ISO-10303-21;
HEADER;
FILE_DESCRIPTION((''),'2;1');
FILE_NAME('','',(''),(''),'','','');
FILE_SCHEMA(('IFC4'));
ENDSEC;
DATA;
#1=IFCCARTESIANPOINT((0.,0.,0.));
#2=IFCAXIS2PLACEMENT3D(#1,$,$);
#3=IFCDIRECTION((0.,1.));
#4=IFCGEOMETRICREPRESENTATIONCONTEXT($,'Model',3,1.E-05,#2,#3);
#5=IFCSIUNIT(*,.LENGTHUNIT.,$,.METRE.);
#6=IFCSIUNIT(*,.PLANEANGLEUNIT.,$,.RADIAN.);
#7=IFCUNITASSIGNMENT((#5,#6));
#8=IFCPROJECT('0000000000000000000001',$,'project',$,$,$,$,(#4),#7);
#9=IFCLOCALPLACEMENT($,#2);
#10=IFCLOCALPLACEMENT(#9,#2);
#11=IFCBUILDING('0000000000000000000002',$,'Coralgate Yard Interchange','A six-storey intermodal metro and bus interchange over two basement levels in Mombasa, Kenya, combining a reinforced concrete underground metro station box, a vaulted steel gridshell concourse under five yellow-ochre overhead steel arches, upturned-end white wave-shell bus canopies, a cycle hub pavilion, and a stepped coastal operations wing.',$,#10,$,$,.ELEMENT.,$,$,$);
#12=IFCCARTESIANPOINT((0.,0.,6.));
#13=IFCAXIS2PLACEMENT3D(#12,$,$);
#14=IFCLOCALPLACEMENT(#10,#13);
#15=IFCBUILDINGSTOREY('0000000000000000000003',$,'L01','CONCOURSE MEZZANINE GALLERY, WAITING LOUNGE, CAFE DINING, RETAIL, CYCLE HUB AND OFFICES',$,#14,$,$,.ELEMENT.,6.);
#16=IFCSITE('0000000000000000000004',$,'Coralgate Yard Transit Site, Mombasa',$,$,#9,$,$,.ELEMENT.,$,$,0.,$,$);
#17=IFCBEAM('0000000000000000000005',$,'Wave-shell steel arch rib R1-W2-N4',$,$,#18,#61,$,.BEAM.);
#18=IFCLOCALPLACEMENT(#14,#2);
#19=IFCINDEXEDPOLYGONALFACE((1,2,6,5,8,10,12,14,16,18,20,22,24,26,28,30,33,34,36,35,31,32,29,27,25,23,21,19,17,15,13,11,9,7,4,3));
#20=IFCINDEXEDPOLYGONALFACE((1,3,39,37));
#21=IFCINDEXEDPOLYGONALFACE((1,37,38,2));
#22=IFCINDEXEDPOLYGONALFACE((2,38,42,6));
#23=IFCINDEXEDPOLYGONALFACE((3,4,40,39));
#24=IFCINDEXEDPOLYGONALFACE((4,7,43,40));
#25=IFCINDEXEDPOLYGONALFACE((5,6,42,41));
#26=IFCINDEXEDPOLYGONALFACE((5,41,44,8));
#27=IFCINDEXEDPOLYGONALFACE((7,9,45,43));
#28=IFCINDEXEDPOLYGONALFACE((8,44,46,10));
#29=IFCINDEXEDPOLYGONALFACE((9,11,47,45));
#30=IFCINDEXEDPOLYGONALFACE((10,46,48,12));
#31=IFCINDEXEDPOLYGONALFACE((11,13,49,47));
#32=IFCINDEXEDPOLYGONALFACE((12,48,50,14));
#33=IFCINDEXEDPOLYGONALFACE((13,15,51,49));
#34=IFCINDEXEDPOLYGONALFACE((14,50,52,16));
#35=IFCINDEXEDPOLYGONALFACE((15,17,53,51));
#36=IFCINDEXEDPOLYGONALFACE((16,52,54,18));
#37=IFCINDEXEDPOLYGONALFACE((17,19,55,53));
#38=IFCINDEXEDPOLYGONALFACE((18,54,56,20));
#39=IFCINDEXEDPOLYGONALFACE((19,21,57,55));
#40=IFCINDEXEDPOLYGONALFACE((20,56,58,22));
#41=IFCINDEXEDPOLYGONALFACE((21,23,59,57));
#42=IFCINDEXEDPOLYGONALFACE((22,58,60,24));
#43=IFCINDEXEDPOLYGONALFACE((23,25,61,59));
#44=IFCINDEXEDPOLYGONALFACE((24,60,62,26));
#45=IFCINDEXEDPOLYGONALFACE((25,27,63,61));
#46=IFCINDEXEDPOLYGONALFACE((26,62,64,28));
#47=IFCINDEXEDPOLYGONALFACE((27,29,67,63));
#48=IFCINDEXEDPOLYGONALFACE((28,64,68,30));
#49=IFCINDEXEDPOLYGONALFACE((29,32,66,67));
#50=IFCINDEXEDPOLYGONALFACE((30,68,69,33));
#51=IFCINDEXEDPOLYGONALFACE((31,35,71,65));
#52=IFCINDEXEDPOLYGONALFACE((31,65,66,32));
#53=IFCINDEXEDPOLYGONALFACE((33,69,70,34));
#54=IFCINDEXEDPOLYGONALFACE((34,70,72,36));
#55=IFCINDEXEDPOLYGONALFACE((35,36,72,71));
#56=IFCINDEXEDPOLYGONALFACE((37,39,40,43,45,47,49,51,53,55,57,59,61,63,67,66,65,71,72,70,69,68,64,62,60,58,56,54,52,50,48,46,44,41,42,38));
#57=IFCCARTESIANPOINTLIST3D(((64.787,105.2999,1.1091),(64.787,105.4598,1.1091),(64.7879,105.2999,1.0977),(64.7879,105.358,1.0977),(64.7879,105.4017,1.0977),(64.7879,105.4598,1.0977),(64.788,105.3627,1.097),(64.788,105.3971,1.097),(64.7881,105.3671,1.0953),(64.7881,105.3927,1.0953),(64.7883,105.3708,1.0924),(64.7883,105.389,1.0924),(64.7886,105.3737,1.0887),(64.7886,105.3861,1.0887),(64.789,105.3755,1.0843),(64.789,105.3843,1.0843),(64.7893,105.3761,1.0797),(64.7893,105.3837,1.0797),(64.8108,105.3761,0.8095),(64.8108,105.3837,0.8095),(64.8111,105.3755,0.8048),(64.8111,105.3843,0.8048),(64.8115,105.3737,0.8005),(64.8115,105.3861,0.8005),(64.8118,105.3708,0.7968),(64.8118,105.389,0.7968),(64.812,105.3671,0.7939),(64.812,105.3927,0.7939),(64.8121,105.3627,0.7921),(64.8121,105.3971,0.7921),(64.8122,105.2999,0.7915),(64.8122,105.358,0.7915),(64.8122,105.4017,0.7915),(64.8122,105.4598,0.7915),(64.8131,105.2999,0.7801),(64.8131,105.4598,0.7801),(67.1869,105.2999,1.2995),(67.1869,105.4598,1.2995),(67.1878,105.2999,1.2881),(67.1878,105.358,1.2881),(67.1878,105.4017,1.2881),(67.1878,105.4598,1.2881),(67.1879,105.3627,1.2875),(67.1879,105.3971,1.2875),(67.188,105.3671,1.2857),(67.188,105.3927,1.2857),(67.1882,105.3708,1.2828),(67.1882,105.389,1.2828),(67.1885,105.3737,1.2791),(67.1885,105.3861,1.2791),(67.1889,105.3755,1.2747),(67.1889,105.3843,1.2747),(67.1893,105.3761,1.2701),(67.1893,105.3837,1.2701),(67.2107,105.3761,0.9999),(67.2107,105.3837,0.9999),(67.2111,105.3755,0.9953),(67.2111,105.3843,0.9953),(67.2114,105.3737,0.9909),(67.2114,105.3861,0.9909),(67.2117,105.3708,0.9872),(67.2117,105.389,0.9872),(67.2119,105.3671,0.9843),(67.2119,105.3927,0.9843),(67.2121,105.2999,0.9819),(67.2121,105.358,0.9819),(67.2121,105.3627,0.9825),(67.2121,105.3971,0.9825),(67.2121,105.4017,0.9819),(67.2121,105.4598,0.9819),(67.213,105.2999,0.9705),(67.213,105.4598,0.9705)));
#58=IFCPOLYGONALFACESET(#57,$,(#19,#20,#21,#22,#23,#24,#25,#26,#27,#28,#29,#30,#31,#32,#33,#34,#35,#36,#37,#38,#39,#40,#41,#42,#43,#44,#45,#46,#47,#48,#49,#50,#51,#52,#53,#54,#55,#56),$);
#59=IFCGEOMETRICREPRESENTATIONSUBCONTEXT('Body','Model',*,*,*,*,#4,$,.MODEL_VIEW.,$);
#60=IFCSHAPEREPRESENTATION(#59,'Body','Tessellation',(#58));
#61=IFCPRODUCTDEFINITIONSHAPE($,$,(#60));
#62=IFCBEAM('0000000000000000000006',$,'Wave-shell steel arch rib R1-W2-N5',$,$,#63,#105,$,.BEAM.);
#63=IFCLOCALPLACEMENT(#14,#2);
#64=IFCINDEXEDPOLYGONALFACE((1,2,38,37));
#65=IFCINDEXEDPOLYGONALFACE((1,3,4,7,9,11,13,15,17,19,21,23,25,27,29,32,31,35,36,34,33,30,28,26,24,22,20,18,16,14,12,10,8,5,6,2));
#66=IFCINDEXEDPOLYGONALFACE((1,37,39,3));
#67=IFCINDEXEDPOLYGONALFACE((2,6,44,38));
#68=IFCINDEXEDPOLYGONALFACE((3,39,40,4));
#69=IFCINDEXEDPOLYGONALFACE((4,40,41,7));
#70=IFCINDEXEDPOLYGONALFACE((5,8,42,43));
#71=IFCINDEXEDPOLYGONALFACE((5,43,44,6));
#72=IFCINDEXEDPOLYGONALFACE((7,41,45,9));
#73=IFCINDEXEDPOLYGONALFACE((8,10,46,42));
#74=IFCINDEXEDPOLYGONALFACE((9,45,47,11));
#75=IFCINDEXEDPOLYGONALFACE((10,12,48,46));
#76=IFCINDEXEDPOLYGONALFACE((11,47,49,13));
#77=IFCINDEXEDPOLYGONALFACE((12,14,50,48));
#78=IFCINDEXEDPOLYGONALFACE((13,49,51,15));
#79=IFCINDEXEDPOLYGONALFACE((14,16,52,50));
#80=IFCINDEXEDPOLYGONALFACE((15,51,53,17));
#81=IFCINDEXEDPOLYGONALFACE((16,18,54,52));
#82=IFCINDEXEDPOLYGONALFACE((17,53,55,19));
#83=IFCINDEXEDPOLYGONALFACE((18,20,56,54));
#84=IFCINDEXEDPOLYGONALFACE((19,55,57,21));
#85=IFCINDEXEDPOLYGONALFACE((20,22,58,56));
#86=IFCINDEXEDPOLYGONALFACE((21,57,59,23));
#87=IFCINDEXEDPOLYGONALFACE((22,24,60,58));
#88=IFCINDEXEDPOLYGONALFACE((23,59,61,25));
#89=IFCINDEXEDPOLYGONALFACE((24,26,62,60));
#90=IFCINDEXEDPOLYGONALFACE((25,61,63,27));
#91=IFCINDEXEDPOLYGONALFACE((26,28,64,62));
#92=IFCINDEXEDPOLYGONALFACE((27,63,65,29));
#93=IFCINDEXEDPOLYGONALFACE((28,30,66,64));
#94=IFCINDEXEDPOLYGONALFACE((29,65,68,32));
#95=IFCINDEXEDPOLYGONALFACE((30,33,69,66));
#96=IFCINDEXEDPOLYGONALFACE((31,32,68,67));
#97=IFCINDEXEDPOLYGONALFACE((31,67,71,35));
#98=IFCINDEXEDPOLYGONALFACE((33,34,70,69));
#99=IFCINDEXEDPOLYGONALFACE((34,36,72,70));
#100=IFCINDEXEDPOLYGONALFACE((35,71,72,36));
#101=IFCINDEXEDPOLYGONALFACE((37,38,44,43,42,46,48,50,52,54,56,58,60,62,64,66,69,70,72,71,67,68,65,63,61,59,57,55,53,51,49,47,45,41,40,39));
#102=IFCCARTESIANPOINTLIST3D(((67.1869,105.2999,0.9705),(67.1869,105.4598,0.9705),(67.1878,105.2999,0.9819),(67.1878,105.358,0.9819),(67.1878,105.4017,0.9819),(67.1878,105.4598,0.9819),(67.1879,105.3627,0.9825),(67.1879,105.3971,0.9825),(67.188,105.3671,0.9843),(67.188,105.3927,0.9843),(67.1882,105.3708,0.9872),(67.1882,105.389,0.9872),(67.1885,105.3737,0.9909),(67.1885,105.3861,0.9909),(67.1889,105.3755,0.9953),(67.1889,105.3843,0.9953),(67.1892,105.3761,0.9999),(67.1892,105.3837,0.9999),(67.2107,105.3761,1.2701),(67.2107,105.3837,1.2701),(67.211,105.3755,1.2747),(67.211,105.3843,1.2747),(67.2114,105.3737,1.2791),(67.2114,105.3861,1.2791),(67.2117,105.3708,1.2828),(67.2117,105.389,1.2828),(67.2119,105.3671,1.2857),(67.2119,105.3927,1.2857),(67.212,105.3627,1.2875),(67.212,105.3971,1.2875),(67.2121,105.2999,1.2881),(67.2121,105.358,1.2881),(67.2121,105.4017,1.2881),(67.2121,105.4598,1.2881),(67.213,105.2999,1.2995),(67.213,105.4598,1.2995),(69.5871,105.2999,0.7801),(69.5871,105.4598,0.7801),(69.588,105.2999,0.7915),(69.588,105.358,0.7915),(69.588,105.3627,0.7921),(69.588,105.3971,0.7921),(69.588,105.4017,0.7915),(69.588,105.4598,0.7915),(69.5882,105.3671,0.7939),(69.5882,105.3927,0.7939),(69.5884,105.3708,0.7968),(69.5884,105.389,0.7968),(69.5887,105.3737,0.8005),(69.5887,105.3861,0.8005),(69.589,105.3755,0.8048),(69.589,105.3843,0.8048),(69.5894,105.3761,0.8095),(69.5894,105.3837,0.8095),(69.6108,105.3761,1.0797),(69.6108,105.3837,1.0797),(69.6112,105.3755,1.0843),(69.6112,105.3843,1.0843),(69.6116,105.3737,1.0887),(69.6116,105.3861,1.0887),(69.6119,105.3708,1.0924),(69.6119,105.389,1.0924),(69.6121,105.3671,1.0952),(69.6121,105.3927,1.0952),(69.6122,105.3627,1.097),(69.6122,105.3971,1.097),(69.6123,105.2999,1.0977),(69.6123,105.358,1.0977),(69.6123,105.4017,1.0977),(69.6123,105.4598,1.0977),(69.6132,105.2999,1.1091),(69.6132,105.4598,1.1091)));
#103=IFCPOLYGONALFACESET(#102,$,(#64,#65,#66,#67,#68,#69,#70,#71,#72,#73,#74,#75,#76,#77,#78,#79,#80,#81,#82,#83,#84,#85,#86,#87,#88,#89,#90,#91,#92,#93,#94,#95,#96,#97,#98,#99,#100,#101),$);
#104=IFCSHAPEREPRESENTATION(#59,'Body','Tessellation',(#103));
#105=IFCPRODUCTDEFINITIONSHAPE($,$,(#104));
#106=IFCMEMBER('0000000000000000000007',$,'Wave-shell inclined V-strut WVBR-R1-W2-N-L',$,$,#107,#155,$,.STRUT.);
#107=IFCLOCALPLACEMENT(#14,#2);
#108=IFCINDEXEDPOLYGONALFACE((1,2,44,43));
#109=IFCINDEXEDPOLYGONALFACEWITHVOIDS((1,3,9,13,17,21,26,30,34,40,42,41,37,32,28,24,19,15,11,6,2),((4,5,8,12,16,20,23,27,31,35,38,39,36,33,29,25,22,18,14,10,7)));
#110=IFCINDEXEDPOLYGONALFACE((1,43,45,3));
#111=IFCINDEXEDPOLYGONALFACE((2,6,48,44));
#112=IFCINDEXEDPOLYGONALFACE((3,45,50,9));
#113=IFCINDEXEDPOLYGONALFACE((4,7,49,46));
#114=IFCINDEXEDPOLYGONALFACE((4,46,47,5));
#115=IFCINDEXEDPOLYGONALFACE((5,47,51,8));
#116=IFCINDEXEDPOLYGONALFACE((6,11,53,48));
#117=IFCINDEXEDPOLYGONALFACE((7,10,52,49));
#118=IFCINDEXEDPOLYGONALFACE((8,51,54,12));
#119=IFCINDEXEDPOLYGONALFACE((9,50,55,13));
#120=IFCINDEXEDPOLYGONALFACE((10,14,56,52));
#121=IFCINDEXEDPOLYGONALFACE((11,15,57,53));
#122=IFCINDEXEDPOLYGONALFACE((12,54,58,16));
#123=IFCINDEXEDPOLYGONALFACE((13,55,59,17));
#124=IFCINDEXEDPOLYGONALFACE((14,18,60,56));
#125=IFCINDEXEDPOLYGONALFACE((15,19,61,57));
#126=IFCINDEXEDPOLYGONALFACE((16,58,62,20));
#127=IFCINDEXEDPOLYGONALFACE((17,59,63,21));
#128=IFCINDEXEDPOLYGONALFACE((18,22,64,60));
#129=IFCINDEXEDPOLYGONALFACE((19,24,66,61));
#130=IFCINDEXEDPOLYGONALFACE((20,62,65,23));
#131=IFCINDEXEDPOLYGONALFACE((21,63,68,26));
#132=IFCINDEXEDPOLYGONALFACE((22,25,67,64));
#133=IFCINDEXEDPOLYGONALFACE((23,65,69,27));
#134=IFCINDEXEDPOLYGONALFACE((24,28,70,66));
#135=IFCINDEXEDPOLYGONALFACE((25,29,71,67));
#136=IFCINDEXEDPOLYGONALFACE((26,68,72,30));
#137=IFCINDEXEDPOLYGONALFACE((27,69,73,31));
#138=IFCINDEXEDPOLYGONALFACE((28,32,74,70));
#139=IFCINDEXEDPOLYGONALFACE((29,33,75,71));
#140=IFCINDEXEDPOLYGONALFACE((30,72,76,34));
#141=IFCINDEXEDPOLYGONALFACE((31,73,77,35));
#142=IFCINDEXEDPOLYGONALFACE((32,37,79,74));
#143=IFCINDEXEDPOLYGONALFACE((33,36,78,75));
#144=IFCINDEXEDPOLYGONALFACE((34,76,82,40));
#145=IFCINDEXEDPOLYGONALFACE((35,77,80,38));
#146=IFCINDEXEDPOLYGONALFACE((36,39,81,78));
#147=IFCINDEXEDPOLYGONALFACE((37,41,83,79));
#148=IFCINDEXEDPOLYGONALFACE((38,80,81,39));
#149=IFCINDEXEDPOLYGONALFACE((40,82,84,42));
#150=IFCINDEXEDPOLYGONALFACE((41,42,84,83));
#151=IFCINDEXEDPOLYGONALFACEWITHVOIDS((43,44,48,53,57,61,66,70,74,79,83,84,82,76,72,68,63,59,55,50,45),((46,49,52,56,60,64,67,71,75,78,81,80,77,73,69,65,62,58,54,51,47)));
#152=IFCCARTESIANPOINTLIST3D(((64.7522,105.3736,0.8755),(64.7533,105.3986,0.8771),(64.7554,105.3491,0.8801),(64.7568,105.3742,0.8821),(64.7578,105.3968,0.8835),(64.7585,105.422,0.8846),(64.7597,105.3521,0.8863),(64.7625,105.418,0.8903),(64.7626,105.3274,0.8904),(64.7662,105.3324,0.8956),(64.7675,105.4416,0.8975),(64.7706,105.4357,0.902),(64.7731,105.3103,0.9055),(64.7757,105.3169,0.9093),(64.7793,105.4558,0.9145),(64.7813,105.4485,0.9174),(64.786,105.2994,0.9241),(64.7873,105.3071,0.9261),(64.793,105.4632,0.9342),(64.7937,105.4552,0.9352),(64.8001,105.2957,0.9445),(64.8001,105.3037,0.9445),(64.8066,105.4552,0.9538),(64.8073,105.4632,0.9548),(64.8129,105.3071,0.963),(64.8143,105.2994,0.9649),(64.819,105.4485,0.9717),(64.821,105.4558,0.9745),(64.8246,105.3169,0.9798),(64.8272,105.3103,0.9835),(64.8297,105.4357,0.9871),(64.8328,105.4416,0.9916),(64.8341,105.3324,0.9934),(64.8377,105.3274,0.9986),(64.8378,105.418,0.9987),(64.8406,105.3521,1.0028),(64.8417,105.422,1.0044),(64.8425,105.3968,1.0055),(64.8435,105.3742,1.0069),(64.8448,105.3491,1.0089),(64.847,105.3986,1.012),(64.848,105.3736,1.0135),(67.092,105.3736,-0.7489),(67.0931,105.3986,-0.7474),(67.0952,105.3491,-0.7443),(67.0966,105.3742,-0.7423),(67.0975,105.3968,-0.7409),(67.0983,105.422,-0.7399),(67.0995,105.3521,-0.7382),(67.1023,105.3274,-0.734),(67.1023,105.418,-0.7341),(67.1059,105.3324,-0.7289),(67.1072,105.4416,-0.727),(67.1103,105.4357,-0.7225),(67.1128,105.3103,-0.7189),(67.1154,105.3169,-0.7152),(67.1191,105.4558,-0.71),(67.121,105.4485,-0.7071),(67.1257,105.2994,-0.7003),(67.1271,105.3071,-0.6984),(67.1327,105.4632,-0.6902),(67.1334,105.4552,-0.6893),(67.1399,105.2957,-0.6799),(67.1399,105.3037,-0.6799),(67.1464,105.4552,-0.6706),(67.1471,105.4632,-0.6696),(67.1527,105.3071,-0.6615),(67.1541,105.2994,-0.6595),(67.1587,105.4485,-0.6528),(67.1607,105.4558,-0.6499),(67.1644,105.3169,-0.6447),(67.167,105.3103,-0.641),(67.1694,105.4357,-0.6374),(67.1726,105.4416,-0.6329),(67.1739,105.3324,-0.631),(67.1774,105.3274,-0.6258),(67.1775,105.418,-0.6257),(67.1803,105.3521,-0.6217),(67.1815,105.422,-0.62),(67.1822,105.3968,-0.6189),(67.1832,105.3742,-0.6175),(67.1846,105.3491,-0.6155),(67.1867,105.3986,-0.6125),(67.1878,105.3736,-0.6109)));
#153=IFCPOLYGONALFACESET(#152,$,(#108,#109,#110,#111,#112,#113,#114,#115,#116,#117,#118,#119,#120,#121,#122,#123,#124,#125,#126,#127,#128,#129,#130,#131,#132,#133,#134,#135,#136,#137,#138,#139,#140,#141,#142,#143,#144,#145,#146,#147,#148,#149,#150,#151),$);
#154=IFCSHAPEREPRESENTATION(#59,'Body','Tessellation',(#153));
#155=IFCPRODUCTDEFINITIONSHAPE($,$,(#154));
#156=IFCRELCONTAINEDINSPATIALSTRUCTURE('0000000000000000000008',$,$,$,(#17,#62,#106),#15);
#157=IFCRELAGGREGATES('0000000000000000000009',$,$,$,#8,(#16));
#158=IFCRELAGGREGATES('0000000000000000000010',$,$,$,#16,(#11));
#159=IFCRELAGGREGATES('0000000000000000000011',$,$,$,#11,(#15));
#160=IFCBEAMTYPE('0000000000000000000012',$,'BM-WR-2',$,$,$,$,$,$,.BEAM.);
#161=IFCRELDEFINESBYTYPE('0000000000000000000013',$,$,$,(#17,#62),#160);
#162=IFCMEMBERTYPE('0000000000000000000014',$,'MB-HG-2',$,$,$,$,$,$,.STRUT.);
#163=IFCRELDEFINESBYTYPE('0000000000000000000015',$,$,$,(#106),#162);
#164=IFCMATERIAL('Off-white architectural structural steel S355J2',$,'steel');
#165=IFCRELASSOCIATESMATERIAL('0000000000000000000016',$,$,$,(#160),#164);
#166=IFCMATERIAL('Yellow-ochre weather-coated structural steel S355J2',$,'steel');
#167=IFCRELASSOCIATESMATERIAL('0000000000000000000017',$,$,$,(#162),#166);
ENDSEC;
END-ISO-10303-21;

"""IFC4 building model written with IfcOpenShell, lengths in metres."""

from ifc_helpers import new_model, si_unit, direction, frame, origin, origin_2d, place, context, subcontext, project, spatial, hollow_circle, i_section, extrude, material, material_profile, profile_set, type_object, element, save


model = new_model("IFC4")

# Units and contexts
model_context = context("Model", 3, precision=1e-05, world=origin(), true_north=direction((0.0, 1.0)))
body_context = subcontext(model_context, "Body", "Model", "MODEL_VIEW")
ifc_project = project(units=[si_unit("LENGTHUNIT", "METRE"), si_unit("PLANEANGLEUNIT", "RADIAN")], contexts=[model_context])

# Site, building, storey
site_placement = place(None, origin())
site = spatial("IfcSite", under=ifc_project, at=site_placement, Name="Coralgate Yard Transit Site, Mombasa", CompositionType="ELEMENT", RefElevation=0.0)
building_placement = place(site_placement, origin())
building = spatial("IfcBuilding", under=site, at=building_placement, Name="Coralgate Yard Interchange", Description="A six-storey intermodal metro and bus interchange over two basement levels in Mombasa, Kenya, combining a reinforced concrete underground metro station box, a vaulted steel gridshell concourse under five yellow-ochre overhead steel arches, upturned-end white wave-shell bus canopies, a cycle hub pavilion, and a stepped coastal operations wing.", CompositionType="ELEMENT")
storey_placement = place(building_placement, frame((0.0, 0.0, 6.0)))
storey = spatial("IfcBuildingStorey", under=building, at=storey_placement, Name="L01", Description="CONCOURSE MEZZANINE GALLERY, WAITING LOUNGE, CAFE DINING, RETAIL, CYCLE HUB AND OFFICES", CompositionType="ELEMENT", Elevation=6.0)

# Beams
ifc_material_1 = material(Name="Off-white architectural structural steel S355J2", Category="steel")
ifc_material_profile_1 = material_profile(ifc_material_1, i_section(OverallWidth=0.1599, OverallDepth=0.3301, WebThickness=0.0076, FlangeThickness=0.0115, FilletRadius=0.0181, at=origin_2d()), Name="IPE 330")
ifc_profile_set_1 = profile_set([ifc_material_profile_1], Name="Off-white architectural structural steel S355J2")
beam_type_1 = type_object("IfcBeamType", Name="BM-WR-2", PredefinedType="BEAM", material=ifc_profile_set_1)
beam_1_placement = place(storey_placement, frame((64.8, 105.3799, 0.9446), z_axis=(0.996867, 0.0, 0.0791), x_axis=(0.0, 1.0, 0.0)))
element("IfcBeam", 1, at=beam_1_placement, inside=storey, type_object=beam_type_1, Name="Wave-shell steel arch rib R1-W2-N4", PredefinedType="BEAM", context=body_context, shape_type="SweptSolid", body=[
    extrude(i_section(OverallWidth=0.1599, OverallDepth=0.3301, WebThickness=0.0076, FlangeThickness=0.0115, FilletRadius=0.0181, at=origin_2d()), origin(), (0.0, 0.0, 1.0), 2.4075),
])
beam_2_placement = place(storey_placement, frame((67.2, 105.3799, 1.135), z_axis=(0.996867, 0.0, -0.079092), x_axis=(0.0, 1.0, 0.0)))
element("IfcBeam", 2, at=beam_2_placement, inside=storey, type_object=beam_type_1, Name="Wave-shell steel arch rib R1-W2-N5", PredefinedType="BEAM", context=body_context, shape_type="SweptSolid", body=[
    extrude(i_section(OverallWidth=0.1599, OverallDepth=0.3301, WebThickness=0.0076, FlangeThickness=0.0115, FilletRadius=0.0181, at=origin_2d()), origin(), (0.0, 0.0, 1.0), 2.4077),
])

# Member
ifc_material_2 = material(Name="Yellow-ochre weather-coated structural steel S355J2", Category="steel")
ifc_material_profile_2 = material_profile(ifc_material_2, hollow_circle(Radius=0.0842, WallThickness=0.0081, at=origin_2d()), Name="CHS 168.3x8")
ifc_profile_set_2 = profile_set([ifc_material_profile_2], Name="Yellow-ochre weather-coated structural steel S355J2")
member_type_1 = type_object("IfcMemberType", Name="MB-HG-2", PredefinedType="STRUT", material=ifc_profile_set_2)
member_1_placement = place(storey_placement, frame((67.1399, 105.3799, -0.6799), z_axis=(-0.821432, 0.0, 0.570306), x_axis=(0.0, -1.0, 0.0)))
element("IfcMember", 3, at=member_1_placement, inside=storey, type_object=member_type_1, Name="Wave-shell inclined V-strut WVBR-R1-W2-N-L", PredefinedType="STRUT", context=body_context, shape_type="SweptSolid", body=[
    extrude(hollow_circle(Radius=0.0842, WallThickness=0.0081, at=origin_2d()), origin(), (0.0, 0.0, 1.0), 2.8484),
])

save(model, "model.ifc")
